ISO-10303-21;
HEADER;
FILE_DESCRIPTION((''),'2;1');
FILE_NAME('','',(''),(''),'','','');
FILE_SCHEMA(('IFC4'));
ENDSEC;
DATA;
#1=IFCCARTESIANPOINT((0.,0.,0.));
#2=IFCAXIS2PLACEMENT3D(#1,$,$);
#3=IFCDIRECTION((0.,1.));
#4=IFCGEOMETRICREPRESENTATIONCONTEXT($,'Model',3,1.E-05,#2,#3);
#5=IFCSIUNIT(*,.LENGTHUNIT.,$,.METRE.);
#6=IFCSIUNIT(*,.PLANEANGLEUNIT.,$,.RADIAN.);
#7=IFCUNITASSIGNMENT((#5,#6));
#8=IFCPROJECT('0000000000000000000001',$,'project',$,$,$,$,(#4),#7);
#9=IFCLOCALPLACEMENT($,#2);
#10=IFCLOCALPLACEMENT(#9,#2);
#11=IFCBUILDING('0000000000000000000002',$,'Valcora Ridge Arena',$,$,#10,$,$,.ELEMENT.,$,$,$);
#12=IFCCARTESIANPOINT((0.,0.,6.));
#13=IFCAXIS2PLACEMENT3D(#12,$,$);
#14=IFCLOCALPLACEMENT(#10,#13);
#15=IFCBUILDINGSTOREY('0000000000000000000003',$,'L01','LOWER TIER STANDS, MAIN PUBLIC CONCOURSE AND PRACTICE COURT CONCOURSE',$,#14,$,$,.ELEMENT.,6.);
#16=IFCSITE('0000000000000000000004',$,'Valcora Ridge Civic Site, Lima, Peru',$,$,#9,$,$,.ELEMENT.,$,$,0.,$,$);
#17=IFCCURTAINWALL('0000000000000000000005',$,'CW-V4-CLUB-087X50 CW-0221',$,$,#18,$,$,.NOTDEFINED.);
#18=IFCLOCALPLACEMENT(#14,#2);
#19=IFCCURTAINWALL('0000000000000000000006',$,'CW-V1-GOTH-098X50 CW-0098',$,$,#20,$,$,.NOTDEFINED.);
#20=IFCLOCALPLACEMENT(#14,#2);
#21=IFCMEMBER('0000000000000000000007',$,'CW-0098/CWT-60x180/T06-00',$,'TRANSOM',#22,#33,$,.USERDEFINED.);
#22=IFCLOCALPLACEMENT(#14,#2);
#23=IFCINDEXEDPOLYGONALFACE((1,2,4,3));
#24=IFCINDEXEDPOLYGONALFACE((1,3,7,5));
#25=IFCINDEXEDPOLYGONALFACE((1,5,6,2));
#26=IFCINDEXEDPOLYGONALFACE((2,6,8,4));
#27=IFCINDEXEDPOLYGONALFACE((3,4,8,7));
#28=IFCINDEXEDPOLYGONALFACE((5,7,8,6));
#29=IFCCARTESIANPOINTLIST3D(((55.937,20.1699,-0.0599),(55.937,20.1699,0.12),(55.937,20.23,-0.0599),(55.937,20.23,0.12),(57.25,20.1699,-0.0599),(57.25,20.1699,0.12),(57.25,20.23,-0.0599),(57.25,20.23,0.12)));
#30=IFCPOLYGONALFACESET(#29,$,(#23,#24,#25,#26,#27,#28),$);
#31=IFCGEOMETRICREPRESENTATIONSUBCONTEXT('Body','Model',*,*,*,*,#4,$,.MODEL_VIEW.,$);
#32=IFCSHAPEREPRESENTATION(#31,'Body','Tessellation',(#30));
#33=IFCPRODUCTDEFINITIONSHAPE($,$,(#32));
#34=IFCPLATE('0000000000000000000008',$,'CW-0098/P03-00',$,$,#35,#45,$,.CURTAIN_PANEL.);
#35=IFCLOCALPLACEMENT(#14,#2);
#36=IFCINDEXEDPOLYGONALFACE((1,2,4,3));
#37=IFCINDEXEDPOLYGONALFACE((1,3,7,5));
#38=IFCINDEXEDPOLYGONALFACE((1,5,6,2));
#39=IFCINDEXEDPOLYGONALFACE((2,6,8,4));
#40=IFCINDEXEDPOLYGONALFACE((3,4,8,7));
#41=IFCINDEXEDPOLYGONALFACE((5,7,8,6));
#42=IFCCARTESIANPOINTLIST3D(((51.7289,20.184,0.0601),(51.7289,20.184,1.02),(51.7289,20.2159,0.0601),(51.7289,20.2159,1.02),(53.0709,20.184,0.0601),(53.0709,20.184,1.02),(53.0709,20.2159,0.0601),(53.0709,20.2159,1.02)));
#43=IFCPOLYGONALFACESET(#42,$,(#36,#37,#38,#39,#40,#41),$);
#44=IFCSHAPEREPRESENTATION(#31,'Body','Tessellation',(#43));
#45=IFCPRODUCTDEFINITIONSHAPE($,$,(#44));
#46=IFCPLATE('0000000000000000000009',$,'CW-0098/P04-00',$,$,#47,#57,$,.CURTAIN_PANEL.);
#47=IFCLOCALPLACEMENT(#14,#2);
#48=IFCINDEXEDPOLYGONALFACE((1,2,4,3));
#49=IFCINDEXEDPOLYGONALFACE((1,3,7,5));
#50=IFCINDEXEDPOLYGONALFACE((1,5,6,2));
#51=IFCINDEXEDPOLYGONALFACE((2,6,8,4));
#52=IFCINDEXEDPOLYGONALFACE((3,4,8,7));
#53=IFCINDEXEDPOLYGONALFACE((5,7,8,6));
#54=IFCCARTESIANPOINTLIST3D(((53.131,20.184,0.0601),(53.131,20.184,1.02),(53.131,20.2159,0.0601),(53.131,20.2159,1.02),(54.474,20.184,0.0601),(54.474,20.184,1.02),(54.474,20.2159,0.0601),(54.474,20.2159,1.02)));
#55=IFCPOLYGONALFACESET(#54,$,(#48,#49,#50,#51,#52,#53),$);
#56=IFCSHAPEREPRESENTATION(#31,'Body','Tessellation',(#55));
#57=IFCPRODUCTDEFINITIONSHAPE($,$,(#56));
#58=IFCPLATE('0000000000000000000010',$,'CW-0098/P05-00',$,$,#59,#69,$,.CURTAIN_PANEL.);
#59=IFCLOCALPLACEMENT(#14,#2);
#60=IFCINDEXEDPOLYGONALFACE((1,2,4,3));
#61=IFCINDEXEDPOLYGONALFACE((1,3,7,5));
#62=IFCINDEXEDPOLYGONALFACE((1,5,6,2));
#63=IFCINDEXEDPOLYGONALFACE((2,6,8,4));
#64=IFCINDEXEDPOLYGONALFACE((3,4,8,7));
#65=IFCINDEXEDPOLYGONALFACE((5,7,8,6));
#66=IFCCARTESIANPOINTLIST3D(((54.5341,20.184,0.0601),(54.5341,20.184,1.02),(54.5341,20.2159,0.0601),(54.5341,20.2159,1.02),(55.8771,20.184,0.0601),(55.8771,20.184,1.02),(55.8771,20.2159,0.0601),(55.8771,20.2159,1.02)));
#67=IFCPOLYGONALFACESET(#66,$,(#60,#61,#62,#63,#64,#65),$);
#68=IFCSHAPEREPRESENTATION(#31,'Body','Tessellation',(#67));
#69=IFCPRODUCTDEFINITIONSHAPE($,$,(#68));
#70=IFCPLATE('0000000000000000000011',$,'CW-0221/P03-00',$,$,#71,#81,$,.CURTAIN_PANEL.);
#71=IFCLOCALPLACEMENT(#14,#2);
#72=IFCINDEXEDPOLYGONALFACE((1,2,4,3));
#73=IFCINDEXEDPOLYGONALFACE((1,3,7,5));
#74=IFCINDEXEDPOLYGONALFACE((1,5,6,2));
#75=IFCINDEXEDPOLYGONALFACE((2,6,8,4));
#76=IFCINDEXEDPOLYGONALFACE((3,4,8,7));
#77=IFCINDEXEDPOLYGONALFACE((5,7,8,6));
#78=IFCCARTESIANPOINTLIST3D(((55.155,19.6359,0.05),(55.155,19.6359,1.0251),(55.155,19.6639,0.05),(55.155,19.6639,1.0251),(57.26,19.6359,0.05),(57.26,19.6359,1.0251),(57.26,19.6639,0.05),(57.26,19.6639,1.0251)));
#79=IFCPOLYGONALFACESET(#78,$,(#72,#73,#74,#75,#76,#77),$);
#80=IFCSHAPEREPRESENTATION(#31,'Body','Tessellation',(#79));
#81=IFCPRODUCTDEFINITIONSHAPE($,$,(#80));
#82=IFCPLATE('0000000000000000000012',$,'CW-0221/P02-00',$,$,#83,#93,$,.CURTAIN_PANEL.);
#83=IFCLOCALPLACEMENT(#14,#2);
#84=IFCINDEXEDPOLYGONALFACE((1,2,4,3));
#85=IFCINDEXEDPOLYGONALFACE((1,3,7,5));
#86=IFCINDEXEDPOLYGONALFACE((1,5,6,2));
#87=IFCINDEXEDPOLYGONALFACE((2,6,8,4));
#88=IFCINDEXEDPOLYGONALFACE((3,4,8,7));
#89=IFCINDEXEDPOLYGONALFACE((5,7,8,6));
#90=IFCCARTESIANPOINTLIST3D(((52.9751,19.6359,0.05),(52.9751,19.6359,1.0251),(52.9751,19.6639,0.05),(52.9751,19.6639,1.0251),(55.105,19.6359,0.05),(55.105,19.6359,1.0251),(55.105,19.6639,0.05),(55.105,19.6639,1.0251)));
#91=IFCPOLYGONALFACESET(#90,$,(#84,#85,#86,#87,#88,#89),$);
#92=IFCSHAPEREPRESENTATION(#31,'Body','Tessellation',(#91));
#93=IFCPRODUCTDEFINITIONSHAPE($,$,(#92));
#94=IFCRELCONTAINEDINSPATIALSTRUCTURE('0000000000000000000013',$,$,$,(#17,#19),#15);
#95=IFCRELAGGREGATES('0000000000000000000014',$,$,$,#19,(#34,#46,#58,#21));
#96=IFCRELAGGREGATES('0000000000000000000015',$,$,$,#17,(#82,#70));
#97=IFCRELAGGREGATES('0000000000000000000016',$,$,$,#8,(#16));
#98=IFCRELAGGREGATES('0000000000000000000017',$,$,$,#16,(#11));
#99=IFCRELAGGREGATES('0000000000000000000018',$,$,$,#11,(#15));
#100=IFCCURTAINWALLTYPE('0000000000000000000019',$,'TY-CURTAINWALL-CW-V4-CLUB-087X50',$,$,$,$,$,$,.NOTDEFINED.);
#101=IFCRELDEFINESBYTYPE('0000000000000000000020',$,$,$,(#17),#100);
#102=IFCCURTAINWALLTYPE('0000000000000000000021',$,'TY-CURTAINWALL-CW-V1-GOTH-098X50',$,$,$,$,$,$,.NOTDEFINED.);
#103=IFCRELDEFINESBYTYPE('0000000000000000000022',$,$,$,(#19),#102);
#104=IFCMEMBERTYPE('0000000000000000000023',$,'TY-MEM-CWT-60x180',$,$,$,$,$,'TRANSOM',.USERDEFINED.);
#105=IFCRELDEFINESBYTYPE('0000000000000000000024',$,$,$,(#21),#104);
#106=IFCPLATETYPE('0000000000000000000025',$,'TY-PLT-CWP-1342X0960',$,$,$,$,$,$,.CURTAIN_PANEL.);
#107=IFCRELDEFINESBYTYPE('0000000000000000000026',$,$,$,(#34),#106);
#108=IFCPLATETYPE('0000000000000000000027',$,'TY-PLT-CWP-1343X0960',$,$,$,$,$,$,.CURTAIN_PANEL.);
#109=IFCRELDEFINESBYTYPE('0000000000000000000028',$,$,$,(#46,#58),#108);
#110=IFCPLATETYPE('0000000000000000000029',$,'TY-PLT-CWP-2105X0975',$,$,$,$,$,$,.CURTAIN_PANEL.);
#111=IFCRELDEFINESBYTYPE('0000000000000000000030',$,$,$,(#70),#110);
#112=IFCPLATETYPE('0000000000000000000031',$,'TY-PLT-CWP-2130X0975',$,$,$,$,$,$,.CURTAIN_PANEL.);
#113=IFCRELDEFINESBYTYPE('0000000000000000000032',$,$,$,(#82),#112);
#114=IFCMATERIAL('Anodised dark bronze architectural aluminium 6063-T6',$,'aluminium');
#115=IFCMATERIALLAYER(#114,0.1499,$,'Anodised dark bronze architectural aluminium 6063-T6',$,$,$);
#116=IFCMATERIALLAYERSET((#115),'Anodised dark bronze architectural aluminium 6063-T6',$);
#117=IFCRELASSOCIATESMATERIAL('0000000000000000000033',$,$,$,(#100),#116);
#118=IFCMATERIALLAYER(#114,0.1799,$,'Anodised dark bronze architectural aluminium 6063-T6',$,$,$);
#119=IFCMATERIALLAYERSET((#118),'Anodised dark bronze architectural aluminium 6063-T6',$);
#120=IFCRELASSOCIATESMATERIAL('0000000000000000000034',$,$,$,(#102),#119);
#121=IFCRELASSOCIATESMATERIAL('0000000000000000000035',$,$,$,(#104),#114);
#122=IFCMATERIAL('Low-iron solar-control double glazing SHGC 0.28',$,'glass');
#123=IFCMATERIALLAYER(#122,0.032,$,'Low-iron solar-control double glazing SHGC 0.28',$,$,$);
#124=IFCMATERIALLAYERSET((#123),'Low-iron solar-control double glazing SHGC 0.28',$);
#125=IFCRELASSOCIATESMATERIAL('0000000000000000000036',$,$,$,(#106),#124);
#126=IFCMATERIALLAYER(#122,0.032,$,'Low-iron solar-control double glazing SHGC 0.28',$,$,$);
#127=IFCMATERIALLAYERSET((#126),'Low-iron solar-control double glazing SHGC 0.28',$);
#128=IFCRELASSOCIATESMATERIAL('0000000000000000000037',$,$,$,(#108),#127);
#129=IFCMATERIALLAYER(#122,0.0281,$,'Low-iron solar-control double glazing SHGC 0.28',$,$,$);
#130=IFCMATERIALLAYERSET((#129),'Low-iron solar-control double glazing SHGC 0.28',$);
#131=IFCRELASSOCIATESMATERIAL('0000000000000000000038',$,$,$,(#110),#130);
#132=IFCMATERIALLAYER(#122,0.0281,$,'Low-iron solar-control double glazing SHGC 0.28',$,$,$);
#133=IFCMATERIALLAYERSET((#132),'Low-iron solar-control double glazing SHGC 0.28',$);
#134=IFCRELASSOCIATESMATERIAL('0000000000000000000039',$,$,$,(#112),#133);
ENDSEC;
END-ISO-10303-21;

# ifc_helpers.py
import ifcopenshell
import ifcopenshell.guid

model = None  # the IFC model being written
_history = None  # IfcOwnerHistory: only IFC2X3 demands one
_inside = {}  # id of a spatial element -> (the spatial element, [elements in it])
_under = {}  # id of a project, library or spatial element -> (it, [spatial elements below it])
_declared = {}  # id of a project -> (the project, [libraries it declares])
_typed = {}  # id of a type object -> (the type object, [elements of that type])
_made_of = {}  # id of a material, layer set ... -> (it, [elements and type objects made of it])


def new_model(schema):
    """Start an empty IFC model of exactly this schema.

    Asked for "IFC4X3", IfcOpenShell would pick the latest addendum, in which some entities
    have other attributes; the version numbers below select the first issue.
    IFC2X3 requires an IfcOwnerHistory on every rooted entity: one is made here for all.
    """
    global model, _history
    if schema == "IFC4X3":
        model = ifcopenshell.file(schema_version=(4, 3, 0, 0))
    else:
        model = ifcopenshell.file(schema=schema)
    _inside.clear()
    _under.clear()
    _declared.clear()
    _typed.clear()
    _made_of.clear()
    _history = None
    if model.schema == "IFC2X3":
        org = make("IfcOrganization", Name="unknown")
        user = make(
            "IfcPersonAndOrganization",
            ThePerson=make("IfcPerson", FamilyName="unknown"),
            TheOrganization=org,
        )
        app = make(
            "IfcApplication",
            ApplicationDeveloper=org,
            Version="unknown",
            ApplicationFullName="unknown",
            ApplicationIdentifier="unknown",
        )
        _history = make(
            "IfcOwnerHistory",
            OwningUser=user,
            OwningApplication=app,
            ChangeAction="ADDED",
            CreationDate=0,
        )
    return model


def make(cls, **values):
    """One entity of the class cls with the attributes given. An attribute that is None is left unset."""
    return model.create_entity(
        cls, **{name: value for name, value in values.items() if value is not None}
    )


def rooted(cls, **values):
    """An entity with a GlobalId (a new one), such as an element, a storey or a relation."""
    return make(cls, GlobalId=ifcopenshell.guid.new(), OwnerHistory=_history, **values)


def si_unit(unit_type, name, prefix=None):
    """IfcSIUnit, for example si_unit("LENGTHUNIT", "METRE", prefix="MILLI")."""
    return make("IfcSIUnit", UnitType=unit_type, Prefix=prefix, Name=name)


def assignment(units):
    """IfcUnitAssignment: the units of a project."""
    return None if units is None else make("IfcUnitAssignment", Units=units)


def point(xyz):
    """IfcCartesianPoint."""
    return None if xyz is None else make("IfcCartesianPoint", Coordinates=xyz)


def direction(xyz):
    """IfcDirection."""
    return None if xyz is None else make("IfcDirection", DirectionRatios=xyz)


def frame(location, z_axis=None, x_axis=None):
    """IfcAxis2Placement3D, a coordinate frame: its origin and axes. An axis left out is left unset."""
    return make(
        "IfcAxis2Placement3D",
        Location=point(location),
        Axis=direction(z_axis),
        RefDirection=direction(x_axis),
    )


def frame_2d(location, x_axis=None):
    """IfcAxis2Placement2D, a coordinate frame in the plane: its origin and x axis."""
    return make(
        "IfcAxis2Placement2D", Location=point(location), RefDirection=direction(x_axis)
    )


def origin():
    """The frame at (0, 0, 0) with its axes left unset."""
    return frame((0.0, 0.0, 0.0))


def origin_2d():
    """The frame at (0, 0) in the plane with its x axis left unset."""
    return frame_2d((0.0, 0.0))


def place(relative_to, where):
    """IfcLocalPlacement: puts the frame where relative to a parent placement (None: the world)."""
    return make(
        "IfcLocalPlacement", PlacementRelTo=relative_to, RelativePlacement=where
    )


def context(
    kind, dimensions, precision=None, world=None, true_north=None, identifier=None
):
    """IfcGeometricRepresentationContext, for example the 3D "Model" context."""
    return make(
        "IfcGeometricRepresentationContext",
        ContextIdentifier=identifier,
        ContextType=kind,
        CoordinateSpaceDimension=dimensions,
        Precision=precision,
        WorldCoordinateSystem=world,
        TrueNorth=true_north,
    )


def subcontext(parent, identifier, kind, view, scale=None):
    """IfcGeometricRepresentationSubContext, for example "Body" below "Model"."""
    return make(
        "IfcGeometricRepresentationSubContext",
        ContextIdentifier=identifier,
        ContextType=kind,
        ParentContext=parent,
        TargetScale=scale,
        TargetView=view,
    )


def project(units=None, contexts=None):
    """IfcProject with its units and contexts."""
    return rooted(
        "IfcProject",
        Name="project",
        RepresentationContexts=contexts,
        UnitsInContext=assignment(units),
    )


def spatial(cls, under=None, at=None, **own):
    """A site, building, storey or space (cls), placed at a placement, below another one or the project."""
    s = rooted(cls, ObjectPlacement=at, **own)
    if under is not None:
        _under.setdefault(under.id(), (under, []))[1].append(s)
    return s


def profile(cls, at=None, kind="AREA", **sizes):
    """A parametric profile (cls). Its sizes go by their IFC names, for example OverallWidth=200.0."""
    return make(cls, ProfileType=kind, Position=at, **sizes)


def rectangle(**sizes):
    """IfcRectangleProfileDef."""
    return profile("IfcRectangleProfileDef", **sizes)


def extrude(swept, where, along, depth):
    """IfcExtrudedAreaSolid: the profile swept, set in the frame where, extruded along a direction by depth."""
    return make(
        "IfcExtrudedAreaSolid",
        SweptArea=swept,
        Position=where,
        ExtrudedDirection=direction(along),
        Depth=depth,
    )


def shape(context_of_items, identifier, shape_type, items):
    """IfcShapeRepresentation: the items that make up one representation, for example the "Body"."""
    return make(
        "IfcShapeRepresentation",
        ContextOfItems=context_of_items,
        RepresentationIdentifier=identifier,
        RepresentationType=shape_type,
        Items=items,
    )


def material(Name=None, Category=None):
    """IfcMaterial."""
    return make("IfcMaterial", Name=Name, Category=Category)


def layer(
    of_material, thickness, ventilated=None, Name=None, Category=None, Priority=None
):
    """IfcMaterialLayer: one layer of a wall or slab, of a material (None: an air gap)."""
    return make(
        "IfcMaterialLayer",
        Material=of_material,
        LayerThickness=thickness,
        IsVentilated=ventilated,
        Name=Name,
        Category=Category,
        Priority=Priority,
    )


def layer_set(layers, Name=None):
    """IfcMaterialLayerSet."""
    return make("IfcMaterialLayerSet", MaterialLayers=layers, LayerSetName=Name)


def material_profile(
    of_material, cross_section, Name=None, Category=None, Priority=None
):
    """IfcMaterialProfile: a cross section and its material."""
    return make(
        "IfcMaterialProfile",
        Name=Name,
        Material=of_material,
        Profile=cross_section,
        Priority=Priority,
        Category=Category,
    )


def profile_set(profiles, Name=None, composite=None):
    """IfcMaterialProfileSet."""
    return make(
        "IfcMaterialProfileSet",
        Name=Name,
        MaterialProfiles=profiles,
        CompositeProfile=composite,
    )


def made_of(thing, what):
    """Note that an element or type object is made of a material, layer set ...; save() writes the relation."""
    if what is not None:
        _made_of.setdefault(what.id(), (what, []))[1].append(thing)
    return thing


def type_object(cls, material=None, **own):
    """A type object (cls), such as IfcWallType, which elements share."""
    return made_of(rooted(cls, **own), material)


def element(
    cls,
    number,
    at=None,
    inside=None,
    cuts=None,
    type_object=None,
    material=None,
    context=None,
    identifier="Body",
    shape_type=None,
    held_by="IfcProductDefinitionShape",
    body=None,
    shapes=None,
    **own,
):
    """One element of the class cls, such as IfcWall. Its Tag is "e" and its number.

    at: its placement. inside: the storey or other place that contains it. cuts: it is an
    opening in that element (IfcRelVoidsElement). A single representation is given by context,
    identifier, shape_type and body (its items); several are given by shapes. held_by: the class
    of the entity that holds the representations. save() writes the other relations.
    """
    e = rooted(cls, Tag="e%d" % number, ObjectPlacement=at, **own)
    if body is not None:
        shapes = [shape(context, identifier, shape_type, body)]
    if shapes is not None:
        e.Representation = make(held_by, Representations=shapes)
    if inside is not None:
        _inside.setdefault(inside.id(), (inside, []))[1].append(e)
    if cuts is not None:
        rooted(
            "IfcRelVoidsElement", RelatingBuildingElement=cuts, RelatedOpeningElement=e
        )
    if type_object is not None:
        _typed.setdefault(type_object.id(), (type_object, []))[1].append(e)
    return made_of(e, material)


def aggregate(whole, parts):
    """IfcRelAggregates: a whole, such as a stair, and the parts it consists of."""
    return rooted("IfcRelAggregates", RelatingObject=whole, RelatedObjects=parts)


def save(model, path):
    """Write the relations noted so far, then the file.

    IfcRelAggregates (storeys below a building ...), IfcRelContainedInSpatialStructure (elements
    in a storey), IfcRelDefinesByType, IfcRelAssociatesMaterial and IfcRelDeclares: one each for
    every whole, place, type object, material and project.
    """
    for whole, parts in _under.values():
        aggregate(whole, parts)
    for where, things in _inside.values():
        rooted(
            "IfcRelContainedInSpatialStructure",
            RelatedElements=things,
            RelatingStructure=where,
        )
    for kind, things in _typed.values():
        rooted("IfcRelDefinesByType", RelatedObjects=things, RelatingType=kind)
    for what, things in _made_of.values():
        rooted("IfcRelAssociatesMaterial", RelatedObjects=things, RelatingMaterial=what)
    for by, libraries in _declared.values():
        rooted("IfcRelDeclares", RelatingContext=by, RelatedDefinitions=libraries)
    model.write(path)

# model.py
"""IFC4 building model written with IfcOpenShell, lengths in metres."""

from ifc_helpers import new_model, si_unit, direction, frame, origin, origin_2d, place, context, subcontext, project, spatial, rectangle, extrude, material, layer, layer_set, material_profile, profile_set, type_object, element, aggregate, save


model = new_model("IFC4")

# Units and contexts
model_context = context("Model", 3, precision=1e-05, world=origin(), true_north=direction((0.0, 1.0)))
body_context = subcontext(model_context, "Body", "Model", "MODEL_VIEW")
ifc_project = project(units=[si_unit("LENGTHUNIT", "METRE"), si_unit("PLANEANGLEUNIT", "RADIAN")], contexts=[model_context])

# Site, building, storey
site_placement = place(None, origin())
site = spatial("IfcSite", under=ifc_project, at=site_placement, Name="Valcora Ridge Civic Site, Lima, Peru", CompositionType="ELEMENT", RefElevation=0.0)
building_placement = place(site_placement, origin())
building = spatial("IfcBuilding", under=site, at=building_placement, Name="Valcora Ridge Arena", CompositionType="ELEMENT")
storey_placement = place(building_placement, frame((0.0, 0.0, 6.0)))
storey = spatial("IfcBuildingStorey", under=building, at=storey_placement, Name="L01", Description="LOWER TIER STANDS, MAIN PUBLIC CONCOURSE AND PRACTICE COURT CONCOURSE", CompositionType="ELEMENT", Elevation=6.0)

# Curtain walls
ifc_material_1 = material(Name="Anodised dark bronze architectural aluminium 6063-T6", Category="aluminium")
ifc_layer_1 = layer(ifc_material_1, 0.1499, Name="Anodised dark bronze architectural aluminium 6063-T6")
ifc_layer_set_1 = layer_set([ifc_layer_1], Name="Anodised dark bronze architectural aluminium 6063-T6")
curtain_wall_type_1 = type_object("IfcCurtainWallType", Name="TY-CURTAINWALL-CW-V4-CLUB-087X50", PredefinedType="NOTDEFINED", material=ifc_layer_set_1)
curtain_wall_1_placement = place(storey_placement, origin())
curtain_wall_1 = element("IfcCurtainWall", 1, at=curtain_wall_1_placement, inside=storey, type_object=curtain_wall_type_1, Name="CW-V4-CLUB-087X50 CW-0221", PredefinedType="NOTDEFINED")
ifc_layer_2 = layer(ifc_material_1, 0.1799, Name="Anodised dark bronze architectural aluminium 6063-T6")
ifc_layer_set_2 = layer_set([ifc_layer_2], Name="Anodised dark bronze architectural aluminium 6063-T6")
curtain_wall_type_2 = type_object("IfcCurtainWallType", Name="TY-CURTAINWALL-CW-V1-GOTH-098X50", PredefinedType="NOTDEFINED", material=ifc_layer_set_2)
curtain_wall_2_placement = place(storey_placement, origin())
curtain_wall_2 = element("IfcCurtainWall", 2, at=curtain_wall_2_placement, inside=storey, type_object=curtain_wall_type_2, Name="CW-V1-GOTH-098X50 CW-0098", PredefinedType="NOTDEFINED")

# Member
ifc_material_profile_1 = material_profile(ifc_material_1, rectangle(XDim=0.0601, YDim=0.1799, at=origin_2d()), Name="ALU TRANSOM 60x180")
ifc_profile_set_1 = profile_set([ifc_material_profile_1], Name="Anodised dark bronze architectural aluminium 6063-T6")
member_type_1 = type_object("IfcMemberType", Name="TY-MEM-CWT-60x180", ElementType="TRANSOM", PredefinedType="USERDEFINED", material=ifc_profile_set_1)
member_1_placement = place(storey_placement, frame((55.937, 20.2, 0.03), z_axis=(1.0, 0.0, 0.0), x_axis=(0.0, 1.0, 0.0)))
member_1 = element("IfcMember", 3, at=member_1_placement, type_object=member_type_1, Name="CW-0098/CWT-60x180/T06-00", ObjectType="TRANSOM", PredefinedType="USERDEFINED", context=body_context, shape_type="SweptSolid", body=[
    extrude(rectangle(XDim=0.0601, YDim=0.1799, at=origin_2d()), origin(), (0.0, 0.0, 1.0), 1.313),
])

# Plates
ifc_material_2 = material(Name="Low-iron solar-control double glazing SHGC 0.28", Category="glass")
ifc_layer_3 = layer(ifc_material_2, 0.032, Name="Low-iron solar-control double glazing SHGC 0.28")
ifc_layer_set_3 = layer_set([ifc_layer_3], Name="Low-iron solar-control double glazing SHGC 0.28")
plate_type_1 = type_object("IfcPlateType", Name="TY-PLT-CWP-1342X0960", PredefinedType="CURTAIN_PANEL", material=ifc_layer_set_3)
plate_1_placement = place(storey_placement, frame((52.3999, 20.2, 0.0601), z_axis=(0.0, 0.0, 1.0), x_axis=(1.0, 0.0, 0.0)))
plate_1 = element("IfcPlate", 4, at=plate_1_placement, type_object=plate_type_1, Name="CW-0098/P03-00", PredefinedType="CURTAIN_PANEL", context=body_context, shape_type="SweptSolid", body=[
    extrude(rectangle(XDim=1.342, YDim=0.032, at=origin_2d()), origin(), (0.0, 0.0, 1.0), 0.96),
])
ifc_layer_4 = layer(ifc_material_2, 0.032, Name="Low-iron solar-control double glazing SHGC 0.28")
ifc_layer_set_4 = layer_set([ifc_layer_4], Name="Low-iron solar-control double glazing SHGC 0.28")
plate_type_2 = type_object("IfcPlateType", Name="TY-PLT-CWP-1343X0960", PredefinedType="CURTAIN_PANEL", material=ifc_layer_set_4)
plate_2_placement = place(storey_placement, frame((53.8025, 20.2, 0.0601), z_axis=(0.0, 0.0, 1.0), x_axis=(1.0, 0.0, 0.0)))
plate_2 = element("IfcPlate", 5, at=plate_2_placement, type_object=plate_type_2, Name="CW-0098/P04-00", PredefinedType="CURTAIN_PANEL", context=body_context, shape_type="SweptSolid", body=[
    extrude(rectangle(XDim=1.343, YDim=0.032, at=origin_2d()), origin(), (0.0, 0.0, 1.0), 0.96),
])
plate_3_placement = place(storey_placement, frame((55.2056, 20.2, 0.0601), z_axis=(0.0, 0.0, 1.0), x_axis=(1.0, 0.0, 0.0)))
plate_3 = element("IfcPlate", 6, at=plate_3_placement, type_object=plate_type_2, Name="CW-0098/P05-00", PredefinedType="CURTAIN_PANEL", context=body_context, shape_type="SweptSolid", body=[
    extrude(rectangle(XDim=1.343, YDim=0.032, at=origin_2d()), origin(), (0.0, 0.0, 1.0), 0.96),
])
aggregate(curtain_wall_2, [plate_1, plate_2, plate_3, member_1])
ifc_layer_5 = layer(ifc_material_2, 0.0281, Name="Low-iron solar-control double glazing SHGC 0.28")
ifc_layer_set_5 = layer_set([ifc_layer_5], Name="Low-iron solar-control double glazing SHGC 0.28")
plate_type_3 = type_object("IfcPlateType", Name="TY-PLT-CWP-2105X0975", PredefinedType="CURTAIN_PANEL", material=ifc_layer_set_5)
plate_4_placement = place(storey_placement, frame((56.2075, 19.6499, 0.05), z_axis=(0.0, 0.0, 1.0), x_axis=(1.0, 0.0, 0.0)))
plate_4 = element("IfcPlate", 7, at=plate_4_placement, type_object=plate_type_3, Name="CW-0221/P03-00", PredefinedType="CURTAIN_PANEL", context=body_context, shape_type="SweptSolid", body=[
    extrude(rectangle(XDim=2.105, YDim=0.0281, at=origin_2d()), origin(), (0.0, 0.0, 1.0), 0.9751),
])
ifc_layer_6 = layer(ifc_material_2, 0.0281, Name="Low-iron solar-control double glazing SHGC 0.28")
ifc_layer_set_6 = layer_set([ifc_layer_6], Name="Low-iron solar-control double glazing SHGC 0.28")
plate_type_4 = type_object("IfcPlateType", Name="TY-PLT-CWP-2130X0975", PredefinedType="CURTAIN_PANEL", material=ifc_layer_set_6)
plate_5_placement = place(storey_placement, frame((54.04, 19.6499, 0.05), z_axis=(0.0, 0.0, 1.0), x_axis=(1.0, 0.0, 0.0)))
plate_5 = element("IfcPlate", 8, at=plate_5_placement, type_object=plate_type_4, Name="CW-0221/P02-00", PredefinedType="CURTAIN_PANEL", context=body_context, shape_type="SweptSolid", body=[
    extrude(rectangle(XDim=2.1299, YDim=0.0281, at=origin_2d()), origin(), (0.0, 0.0, 1.0), 0.9751),
])
aggregate(curtain_wall_1, [plate_5, plate_4])

save(model, "model.ifc")
